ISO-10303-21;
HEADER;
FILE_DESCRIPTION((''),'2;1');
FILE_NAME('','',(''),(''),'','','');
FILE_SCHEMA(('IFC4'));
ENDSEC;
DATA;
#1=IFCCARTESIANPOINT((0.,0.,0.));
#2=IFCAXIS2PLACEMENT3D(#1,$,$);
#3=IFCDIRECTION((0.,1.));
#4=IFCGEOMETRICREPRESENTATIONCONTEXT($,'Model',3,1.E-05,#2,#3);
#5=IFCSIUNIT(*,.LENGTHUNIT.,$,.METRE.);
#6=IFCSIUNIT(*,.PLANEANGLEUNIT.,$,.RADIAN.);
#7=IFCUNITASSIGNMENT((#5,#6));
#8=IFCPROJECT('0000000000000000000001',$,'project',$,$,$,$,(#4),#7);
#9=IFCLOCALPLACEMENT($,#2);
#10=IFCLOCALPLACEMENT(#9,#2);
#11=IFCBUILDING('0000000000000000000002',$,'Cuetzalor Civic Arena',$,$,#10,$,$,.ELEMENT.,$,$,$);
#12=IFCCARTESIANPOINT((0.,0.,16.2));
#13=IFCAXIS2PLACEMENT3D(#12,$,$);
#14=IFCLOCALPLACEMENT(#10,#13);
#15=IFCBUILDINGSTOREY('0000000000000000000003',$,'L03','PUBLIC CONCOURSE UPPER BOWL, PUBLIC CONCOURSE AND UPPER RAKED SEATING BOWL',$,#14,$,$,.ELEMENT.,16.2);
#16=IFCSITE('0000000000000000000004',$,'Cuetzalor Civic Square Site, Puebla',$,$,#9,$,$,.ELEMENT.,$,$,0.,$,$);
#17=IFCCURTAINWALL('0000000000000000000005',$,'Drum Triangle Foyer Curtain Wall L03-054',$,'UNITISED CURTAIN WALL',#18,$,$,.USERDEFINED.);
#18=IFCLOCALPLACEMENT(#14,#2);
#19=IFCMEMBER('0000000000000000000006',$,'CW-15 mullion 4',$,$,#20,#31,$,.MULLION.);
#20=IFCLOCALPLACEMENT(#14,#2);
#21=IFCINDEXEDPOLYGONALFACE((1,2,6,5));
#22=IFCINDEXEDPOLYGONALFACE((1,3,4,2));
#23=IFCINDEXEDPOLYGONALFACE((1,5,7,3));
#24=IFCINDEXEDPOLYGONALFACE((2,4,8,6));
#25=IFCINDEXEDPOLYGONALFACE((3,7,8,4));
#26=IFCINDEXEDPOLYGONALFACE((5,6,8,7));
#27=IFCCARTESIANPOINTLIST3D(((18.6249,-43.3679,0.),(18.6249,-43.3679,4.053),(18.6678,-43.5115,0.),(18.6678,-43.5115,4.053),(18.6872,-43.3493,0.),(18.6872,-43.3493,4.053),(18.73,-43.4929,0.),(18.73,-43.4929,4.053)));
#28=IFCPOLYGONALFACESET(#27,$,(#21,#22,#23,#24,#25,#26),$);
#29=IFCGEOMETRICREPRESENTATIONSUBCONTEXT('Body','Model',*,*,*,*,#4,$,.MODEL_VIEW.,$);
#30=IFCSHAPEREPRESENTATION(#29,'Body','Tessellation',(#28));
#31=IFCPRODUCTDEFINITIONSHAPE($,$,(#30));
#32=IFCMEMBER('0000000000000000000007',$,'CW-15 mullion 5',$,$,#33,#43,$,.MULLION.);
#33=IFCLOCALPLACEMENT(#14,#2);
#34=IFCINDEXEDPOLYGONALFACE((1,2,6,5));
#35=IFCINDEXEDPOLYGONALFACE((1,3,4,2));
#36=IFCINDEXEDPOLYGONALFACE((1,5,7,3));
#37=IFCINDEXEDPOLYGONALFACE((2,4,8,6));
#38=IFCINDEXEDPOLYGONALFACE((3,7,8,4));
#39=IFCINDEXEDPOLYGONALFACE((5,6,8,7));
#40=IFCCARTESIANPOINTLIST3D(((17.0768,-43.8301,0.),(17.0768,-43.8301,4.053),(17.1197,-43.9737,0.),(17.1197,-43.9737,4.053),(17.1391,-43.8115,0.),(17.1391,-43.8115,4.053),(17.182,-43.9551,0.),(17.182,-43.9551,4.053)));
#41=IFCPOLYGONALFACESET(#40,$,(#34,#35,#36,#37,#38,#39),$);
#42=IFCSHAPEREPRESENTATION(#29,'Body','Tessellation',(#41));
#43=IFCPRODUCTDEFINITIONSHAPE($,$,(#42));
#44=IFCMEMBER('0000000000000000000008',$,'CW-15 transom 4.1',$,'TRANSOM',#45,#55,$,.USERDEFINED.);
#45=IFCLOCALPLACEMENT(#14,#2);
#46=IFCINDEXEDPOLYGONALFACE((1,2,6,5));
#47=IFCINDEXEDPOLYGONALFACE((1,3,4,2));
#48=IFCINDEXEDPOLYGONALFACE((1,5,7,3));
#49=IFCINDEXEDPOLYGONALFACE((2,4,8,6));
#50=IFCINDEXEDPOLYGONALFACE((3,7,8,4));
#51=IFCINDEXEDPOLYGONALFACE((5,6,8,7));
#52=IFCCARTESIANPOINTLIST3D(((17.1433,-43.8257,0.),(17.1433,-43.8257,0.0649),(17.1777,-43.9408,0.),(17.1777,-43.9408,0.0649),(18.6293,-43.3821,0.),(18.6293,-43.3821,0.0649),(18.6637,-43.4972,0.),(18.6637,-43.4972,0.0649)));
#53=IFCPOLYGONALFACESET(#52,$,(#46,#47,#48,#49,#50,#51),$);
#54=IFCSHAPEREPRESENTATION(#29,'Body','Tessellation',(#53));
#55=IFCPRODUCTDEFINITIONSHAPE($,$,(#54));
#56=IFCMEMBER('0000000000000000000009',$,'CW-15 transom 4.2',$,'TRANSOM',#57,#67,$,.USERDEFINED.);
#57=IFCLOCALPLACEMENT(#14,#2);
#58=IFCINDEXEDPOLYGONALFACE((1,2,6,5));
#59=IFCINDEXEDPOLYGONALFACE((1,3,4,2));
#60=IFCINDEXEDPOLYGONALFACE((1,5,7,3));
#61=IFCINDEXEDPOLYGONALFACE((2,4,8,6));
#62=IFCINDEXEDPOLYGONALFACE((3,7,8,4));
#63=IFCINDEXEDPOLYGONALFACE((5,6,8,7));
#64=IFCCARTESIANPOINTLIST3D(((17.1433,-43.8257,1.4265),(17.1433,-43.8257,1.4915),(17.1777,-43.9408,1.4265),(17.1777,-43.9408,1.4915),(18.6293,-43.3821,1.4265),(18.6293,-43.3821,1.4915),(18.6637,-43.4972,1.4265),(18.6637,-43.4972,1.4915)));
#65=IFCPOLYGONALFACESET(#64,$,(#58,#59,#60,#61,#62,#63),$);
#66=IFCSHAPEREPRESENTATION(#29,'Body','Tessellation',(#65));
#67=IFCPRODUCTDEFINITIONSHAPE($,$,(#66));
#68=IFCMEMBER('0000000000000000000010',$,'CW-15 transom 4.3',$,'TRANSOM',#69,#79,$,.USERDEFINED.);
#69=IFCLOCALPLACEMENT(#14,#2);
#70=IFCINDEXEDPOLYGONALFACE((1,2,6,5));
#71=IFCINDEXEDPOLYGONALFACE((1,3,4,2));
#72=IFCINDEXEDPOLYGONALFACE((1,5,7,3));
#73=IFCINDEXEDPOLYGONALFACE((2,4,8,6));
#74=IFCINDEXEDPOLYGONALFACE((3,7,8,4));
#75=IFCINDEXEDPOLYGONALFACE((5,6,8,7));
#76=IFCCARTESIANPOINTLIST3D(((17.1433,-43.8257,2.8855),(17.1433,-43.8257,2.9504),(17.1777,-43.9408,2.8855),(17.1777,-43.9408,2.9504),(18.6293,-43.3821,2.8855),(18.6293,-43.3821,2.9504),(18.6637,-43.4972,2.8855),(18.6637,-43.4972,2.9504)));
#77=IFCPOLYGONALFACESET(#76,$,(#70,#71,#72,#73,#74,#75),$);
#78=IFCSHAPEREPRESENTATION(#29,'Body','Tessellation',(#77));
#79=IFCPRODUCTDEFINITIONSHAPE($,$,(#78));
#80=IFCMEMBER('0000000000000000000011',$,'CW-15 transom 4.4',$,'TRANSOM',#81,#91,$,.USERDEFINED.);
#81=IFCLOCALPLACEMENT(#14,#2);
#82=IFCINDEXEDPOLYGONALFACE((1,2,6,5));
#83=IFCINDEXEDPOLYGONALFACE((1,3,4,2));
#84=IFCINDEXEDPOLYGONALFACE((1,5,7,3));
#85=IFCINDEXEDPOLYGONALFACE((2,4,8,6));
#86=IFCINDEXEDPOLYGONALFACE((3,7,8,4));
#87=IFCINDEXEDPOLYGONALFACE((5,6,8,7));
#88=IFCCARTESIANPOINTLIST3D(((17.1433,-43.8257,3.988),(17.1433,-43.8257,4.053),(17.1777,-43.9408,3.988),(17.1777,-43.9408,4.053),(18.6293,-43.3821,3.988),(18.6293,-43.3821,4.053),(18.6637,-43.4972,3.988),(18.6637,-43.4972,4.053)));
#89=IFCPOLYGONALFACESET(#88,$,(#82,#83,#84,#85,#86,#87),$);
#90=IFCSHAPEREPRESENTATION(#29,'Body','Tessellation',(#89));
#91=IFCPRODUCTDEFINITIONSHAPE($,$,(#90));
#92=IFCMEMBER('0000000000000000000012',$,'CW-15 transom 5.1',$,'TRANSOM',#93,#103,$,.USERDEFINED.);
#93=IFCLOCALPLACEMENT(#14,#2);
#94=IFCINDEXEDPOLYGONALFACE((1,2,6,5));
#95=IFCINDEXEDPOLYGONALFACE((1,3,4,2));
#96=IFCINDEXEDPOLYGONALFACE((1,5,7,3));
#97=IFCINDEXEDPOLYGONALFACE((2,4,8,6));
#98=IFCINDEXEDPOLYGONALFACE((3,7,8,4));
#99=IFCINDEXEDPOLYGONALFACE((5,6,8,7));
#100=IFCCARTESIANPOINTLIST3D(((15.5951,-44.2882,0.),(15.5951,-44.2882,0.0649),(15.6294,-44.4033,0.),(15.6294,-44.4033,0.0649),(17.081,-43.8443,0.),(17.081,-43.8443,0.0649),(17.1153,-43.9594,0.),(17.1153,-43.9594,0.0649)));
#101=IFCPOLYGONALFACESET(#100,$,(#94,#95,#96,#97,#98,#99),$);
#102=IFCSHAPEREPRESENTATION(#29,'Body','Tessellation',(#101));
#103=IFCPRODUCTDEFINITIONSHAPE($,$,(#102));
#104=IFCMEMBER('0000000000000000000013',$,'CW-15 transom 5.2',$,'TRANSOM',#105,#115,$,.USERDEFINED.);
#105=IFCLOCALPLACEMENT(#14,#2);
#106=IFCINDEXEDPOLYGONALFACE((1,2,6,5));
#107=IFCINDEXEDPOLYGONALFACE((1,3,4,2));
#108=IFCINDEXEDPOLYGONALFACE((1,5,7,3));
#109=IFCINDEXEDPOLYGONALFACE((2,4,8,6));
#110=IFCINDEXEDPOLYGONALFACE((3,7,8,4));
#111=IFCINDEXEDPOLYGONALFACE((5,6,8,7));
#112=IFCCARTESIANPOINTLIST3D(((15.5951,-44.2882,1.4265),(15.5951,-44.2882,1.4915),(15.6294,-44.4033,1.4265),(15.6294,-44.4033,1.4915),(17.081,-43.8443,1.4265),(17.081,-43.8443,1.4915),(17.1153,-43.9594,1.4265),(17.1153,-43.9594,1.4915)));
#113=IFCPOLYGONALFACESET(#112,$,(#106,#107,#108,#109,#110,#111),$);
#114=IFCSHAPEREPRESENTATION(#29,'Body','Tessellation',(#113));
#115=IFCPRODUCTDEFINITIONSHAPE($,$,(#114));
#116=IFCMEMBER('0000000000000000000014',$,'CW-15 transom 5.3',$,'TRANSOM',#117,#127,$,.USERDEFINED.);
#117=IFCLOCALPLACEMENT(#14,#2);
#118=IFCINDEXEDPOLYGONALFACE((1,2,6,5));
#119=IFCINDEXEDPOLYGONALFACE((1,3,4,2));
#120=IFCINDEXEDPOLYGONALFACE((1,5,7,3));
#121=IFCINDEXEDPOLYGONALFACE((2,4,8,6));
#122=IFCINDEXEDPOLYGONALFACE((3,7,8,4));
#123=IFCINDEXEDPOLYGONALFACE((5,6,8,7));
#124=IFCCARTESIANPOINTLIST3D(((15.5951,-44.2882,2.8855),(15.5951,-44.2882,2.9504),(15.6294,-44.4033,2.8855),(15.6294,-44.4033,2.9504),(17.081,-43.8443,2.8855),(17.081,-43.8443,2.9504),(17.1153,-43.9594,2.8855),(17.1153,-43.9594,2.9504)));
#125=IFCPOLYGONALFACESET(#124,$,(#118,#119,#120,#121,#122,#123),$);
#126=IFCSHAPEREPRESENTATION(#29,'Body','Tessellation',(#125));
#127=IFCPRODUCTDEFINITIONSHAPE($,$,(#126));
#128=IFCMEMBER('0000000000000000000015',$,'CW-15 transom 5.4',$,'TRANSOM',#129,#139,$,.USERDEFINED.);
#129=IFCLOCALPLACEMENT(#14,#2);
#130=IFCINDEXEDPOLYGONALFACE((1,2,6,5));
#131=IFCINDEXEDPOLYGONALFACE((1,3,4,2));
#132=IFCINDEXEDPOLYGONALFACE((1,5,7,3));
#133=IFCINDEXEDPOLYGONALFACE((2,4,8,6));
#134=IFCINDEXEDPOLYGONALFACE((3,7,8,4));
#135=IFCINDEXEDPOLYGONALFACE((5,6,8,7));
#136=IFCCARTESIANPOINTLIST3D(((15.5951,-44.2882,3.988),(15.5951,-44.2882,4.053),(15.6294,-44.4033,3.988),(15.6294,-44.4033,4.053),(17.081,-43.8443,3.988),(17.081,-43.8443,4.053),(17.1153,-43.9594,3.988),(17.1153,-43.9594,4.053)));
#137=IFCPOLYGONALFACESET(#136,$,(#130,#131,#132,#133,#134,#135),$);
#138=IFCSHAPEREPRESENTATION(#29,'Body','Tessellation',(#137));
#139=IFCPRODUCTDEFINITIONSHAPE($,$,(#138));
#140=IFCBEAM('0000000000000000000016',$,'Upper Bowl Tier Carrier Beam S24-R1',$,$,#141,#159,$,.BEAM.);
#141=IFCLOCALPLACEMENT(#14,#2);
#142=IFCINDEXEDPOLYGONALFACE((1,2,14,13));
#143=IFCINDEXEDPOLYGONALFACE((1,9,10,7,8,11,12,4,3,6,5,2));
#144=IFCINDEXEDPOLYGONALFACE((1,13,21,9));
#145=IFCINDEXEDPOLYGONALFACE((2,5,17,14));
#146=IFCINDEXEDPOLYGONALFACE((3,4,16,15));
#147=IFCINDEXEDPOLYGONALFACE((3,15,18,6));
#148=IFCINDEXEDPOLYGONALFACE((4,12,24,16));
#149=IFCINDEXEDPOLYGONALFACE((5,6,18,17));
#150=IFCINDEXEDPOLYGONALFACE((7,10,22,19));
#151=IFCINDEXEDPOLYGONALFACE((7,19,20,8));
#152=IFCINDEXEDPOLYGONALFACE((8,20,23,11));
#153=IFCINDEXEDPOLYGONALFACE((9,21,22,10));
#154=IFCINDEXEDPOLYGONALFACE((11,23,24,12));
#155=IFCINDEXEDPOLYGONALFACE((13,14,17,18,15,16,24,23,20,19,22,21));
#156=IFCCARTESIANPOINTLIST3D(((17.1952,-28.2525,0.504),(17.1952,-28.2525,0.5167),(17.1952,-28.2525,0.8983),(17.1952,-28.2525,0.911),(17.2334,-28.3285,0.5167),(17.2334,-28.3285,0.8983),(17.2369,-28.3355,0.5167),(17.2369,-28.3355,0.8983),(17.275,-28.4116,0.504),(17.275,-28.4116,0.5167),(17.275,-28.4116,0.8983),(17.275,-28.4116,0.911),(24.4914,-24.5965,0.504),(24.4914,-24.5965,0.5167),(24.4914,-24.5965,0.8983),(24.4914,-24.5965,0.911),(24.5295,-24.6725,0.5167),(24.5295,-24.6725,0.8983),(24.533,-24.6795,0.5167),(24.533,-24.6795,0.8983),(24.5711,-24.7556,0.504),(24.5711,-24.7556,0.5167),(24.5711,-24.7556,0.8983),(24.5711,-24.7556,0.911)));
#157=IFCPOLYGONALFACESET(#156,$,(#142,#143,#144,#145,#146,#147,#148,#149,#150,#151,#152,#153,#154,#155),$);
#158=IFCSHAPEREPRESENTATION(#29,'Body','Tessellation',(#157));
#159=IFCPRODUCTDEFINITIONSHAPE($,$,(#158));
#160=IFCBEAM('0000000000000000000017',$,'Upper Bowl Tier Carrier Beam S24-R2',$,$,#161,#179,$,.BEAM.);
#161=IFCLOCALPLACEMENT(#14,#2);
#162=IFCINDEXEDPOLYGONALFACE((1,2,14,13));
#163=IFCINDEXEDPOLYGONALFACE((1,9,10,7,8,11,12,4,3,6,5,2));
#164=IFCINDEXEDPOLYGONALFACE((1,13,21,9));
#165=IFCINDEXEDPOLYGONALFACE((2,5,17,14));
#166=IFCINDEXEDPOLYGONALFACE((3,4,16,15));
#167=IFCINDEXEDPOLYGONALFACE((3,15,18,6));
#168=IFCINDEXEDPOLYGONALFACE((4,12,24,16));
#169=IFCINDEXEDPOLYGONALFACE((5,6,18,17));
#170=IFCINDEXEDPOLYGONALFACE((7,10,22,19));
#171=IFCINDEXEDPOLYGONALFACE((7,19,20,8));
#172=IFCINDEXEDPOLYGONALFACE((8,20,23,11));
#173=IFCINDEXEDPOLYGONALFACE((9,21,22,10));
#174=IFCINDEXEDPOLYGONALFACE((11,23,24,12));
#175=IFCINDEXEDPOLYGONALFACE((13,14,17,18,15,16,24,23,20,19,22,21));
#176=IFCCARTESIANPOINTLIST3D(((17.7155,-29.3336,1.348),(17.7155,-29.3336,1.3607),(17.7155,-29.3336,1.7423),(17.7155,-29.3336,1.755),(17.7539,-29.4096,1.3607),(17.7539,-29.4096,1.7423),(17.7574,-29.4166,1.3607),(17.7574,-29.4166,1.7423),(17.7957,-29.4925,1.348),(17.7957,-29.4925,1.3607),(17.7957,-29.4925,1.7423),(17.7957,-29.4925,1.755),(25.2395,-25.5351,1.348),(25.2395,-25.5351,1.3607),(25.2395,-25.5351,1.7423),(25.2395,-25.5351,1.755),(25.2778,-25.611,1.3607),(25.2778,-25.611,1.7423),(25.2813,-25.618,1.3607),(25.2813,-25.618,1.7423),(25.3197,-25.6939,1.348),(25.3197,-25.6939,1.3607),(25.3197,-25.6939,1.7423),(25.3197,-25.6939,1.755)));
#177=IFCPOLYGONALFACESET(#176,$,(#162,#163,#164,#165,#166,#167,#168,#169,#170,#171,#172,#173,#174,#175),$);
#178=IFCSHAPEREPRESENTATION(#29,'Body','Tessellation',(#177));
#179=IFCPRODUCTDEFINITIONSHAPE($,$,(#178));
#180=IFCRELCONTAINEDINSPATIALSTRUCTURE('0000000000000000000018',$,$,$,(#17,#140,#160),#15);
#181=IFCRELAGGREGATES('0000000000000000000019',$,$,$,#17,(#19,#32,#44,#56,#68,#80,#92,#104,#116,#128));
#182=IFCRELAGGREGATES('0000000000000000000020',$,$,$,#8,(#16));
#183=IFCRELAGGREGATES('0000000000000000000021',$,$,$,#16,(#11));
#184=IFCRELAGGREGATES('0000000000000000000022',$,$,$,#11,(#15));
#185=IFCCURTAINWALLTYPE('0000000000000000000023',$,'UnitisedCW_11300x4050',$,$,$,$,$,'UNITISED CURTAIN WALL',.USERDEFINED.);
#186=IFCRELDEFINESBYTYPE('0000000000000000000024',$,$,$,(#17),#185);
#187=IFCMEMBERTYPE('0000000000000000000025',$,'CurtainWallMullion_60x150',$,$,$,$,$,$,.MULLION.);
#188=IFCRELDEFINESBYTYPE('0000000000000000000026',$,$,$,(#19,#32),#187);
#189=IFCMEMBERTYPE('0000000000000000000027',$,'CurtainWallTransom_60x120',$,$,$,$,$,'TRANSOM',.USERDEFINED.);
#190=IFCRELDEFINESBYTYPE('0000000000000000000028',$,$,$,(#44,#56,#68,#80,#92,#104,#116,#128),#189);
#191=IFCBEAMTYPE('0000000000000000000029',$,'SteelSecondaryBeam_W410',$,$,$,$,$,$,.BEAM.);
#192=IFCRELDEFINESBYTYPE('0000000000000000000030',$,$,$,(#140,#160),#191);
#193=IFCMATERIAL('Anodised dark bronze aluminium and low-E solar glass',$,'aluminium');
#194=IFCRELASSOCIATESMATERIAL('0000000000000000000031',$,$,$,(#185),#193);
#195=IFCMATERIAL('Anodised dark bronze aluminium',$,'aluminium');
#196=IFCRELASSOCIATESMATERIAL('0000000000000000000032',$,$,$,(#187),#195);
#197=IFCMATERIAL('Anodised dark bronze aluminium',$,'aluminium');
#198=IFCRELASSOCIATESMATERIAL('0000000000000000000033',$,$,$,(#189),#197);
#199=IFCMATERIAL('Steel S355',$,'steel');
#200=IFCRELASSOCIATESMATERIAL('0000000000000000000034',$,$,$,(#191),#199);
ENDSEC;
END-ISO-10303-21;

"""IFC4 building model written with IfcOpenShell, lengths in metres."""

from ifc_helpers import new_model, si_unit, direction, frame, origin, origin_2d, place, context, subcontext, project, spatial, rectangle, i_section, extrude, material, material_profile, profile_set, type_object, element, aggregate, save


model = new_model("IFC4")

# Units and contexts
model_context = context("Model", 3, precision=1e-05, world=origin(), true_north=direction((0.0, 1.0)))
body_context = subcontext(model_context, "Body", "Model", "MODEL_VIEW")
ifc_project = project(units=[si_unit("LENGTHUNIT", "METRE"), si_unit("PLANEANGLEUNIT", "RADIAN")], contexts=[model_context])

# Site, building, storey
site_placement = place(None, origin())
site = spatial("IfcSite", under=ifc_project, at=site_placement, Name="Cuetzalor Civic Square Site, Puebla", CompositionType="ELEMENT", RefElevation=0.0)
building_placement = place(site_placement, origin())
building = spatial("IfcBuilding", under=site, at=building_placement, Name="Cuetzalor Civic Arena", CompositionType="ELEMENT")
storey_placement = place(building_placement, frame((0.0, 0.0, 16.2)))
storey = spatial("IfcBuildingStorey", under=building, at=storey_placement, Name="L03", Description="PUBLIC CONCOURSE UPPER BOWL, PUBLIC CONCOURSE AND UPPER RAKED SEATING BOWL", CompositionType="ELEMENT", Elevation=16.2)

# Curtain wall, members
ifc_material_1 = material(Name="Anodised dark bronze aluminium and low-E solar glass", Category="aluminium")
curtain_wall_type = type_object("IfcCurtainWallType", Name="UnitisedCW_11300x4050", ElementType="UNITISED CURTAIN WALL", PredefinedType="USERDEFINED", material=ifc_material_1)
curtain_wall_placement = place(storey_placement, origin())
curtain_wall = element("IfcCurtainWall", 1, at=curtain_wall_placement, inside=storey, type_object=curtain_wall_type, Name="Drum Triangle Foyer Curtain Wall L03-054", ObjectType="UNITISED CURTAIN WALL", PredefinedType="USERDEFINED")
ifc_material_2 = material(Name="Anodised dark bronze aluminium", Category="aluminium")
ifc_material_profile_1 = material_profile(ifc_material_2, rectangle(XDim=0.0649, YDim=0.1499, at=origin_2d()), Name="ALU MULLION 65x150")
ifc_profile_set_1 = profile_set([ifc_material_profile_1], Name="Anodised dark bronze aluminium")
member_type_1 = type_object("IfcMemberType", Name="CurtainWallMullion_60x150", PredefinedType="MULLION", material=ifc_profile_set_1)
member_1_placement = place(storey_placement, frame((18.6775, -43.4304, 0.0), z_axis=(0.0, 0.0, 1.0), x_axis=(-0.958194, -0.28612, 0.0)))
member_1 = element("IfcMember", 2, at=member_1_placement, type_object=member_type_1, Name="CW-15 mullion 4", PredefinedType="MULLION", context=body_context, shape_type="SweptSolid", body=[
    extrude(rectangle(XDim=0.0649, YDim=0.1499, at=origin_2d()), origin(), (0.0, 0.0, 1.0), 4.053),
])
member_2_placement = place(storey_placement, frame((17.1294, -43.8926, 0.0), z_axis=(0.0, 0.0, 1.0), x_axis=(-0.958194, -0.28612, 0.0)))
member_2 = element("IfcMember", 3, at=member_2_placement, type_object=member_type_1, Name="CW-15 mullion 5", PredefinedType="MULLION", context=body_context, shape_type="SweptSolid", body=[
    extrude(rectangle(XDim=0.0649, YDim=0.1499, at=origin_2d()), origin(), (0.0, 0.0, 1.0), 4.053),
])
ifc_material_3 = material(Name="Anodised dark bronze aluminium", Category="aluminium")
ifc_material_profile_2 = material_profile(ifc_material_3, rectangle(XDim=0.1201, YDim=0.0649, at=origin_2d()), Name="ALU TRANSOM 65x120")
ifc_profile_set_2 = profile_set([ifc_material_profile_2], Name="Anodised dark bronze aluminium")
member_type_2 = type_object("IfcMemberType", Name="CurtainWallTransom_60x120", ElementType="TRANSOM", PredefinedType="USERDEFINED", material=ifc_profile_set_2)
member_3_placement = place(storey_placement, frame((18.6465, -43.4397, 0.0325), z_axis=(-0.95822, -0.286033, 0.0), x_axis=(0.286033, -0.95822, 0.0)))
member_3 = element("IfcMember", 4, at=member_3_placement, type_object=member_type_2, Name="CW-15 transom 4.1", ObjectType="TRANSOM", PredefinedType="USERDEFINED", context=body_context, shape_type="SweptSolid", body=[
    extrude(rectangle(XDim=0.1201, YDim=0.0649, at=origin_2d()), origin(), (0.0, 0.0, 1.0), 1.5508),
])
member_4_placement = place(storey_placement, frame((18.6465, -43.4397, 1.459), z_axis=(-0.95822, -0.286033, 0.0), x_axis=(0.286033, -0.95822, 0.0)))
member_4 = element("IfcMember", 5, at=member_4_placement, type_object=member_type_2, Name="CW-15 transom 4.2", ObjectType="TRANSOM", PredefinedType="USERDEFINED", context=body_context, shape_type="SweptSolid", body=[
    extrude(rectangle(XDim=0.1201, YDim=0.0649, at=origin_2d()), origin(), (0.0, 0.0, 1.0), 1.5508),
])
member_5_placement = place(storey_placement, frame((18.6465, -43.4397, 2.918), z_axis=(-0.95822, -0.286033, 0.0), x_axis=(0.286033, -0.95822, 0.0)))
member_5 = element("IfcMember", 6, at=member_5_placement, type_object=member_type_2, Name="CW-15 transom 4.3", ObjectType="TRANSOM", PredefinedType="USERDEFINED", context=body_context, shape_type="SweptSolid", body=[
    extrude(rectangle(XDim=0.1201, YDim=0.0649, at=origin_2d()), origin(), (0.0, 0.0, 1.0), 1.5508),
])
member_6_placement = place(storey_placement, frame((18.6465, -43.4397, 4.0205), z_axis=(-0.95822, -0.286033, 0.0), x_axis=(0.286033, -0.95822, 0.0)))
member_6 = element("IfcMember", 7, at=member_6_placement, type_object=member_type_2, Name="CW-15 transom 4.4", ObjectType="TRANSOM", PredefinedType="USERDEFINED", context=body_context, shape_type="SweptSolid", body=[
    extrude(rectangle(XDim=0.1201, YDim=0.0649, at=origin_2d()), origin(), (0.0, 0.0, 1.0), 1.5508),
])
member_7_placement = place(storey_placement, frame((17.0981, -43.9019, 0.0325), z_axis=(-0.958164, -0.286221, 0.0), x_axis=(0.286221, -0.958164, 0.0)))
member_7 = element("IfcMember", 8, at=member_7_placement, type_object=member_type_2, Name="CW-15 transom 5.1", ObjectType="TRANSOM", PredefinedType="USERDEFINED", context=body_context, shape_type="SweptSolid", body=[
    extrude(rectangle(XDim=0.1201, YDim=0.0649, at=origin_2d()), origin(), (0.0, 0.0, 1.0), 1.5508),
])
member_8_placement = place(storey_placement, frame((17.0981, -43.9019, 1.459), z_axis=(-0.958164, -0.286221, 0.0), x_axis=(0.286221, -0.958164, 0.0)))
member_8 = element("IfcMember", 9, at=member_8_placement, type_object=member_type_2, Name="CW-15 transom 5.2", ObjectType="TRANSOM", PredefinedType="USERDEFINED", context=body_context, shape_type="SweptSolid", body=[
    extrude(rectangle(XDim=0.1201, YDim=0.0649, at=origin_2d()), origin(), (0.0, 0.0, 1.0), 1.5508),
])
member_9_placement = place(storey_placement, frame((17.0981, -43.9019, 2.918), z_axis=(-0.958164, -0.286221, 0.0), x_axis=(0.286221, -0.958164, 0.0)))
member_9 = element("IfcMember", 10, at=member_9_placement, type_object=member_type_2, Name="CW-15 transom 5.3", ObjectType="TRANSOM", PredefinedType="USERDEFINED", context=body_context, shape_type="SweptSolid", body=[
    extrude(rectangle(XDim=0.1201, YDim=0.0649, at=origin_2d()), origin(), (0.0, 0.0, 1.0), 1.5508),
])
member_10_placement = place(storey_placement, frame((17.0981, -43.9019, 4.0205), z_axis=(-0.958164, -0.286221, 0.0), x_axis=(0.286221, -0.958164, 0.0)))
member_10 = element("IfcMember", 11, at=member_10_placement, type_object=member_type_2, Name="CW-15 transom 5.4", ObjectType="TRANSOM", PredefinedType="USERDEFINED", context=body_context, shape_type="SweptSolid", body=[
    extrude(rectangle(XDim=0.1201, YDim=0.0649, at=origin_2d()), origin(), (0.0, 0.0, 1.0), 1.5508),
])

# Beams
ifc_material_4 = material(Name="Steel S355", Category="steel")
ifc_material_profile_3 = material_profile(ifc_material_4, i_section(OverallWidth=0.178, OverallDepth=0.407, WebThickness=0.0078, FlangeThickness=0.0127, at=origin_2d()), Name="W410x60")
ifc_profile_set_3 = profile_set([ifc_material_profile_3], Name="Steel S355")
beam_type_1 = type_object("IfcBeamType", Name="SteelSecondaryBeam_W410", PredefinedType="BEAM", material=ifc_profile_set_3)
beam_1_placement = place(storey_placement, frame((17.2351, -28.332, 0.7075), z_axis=(0.894038, 0.447991, 0.0), x_axis=(-0.447991, 0.894038, 0.0)))
element("IfcBeam", 12, at=beam_1_placement, inside=storey, type_object=beam_type_1, Name="Upper Bowl Tier Carrier Beam S24-R1", PredefinedType="BEAM", context=body_context, shape_type="SweptSolid", body=[
    extrude(i_section(OverallWidth=0.178, OverallDepth=0.407, WebThickness=0.0078, FlangeThickness=0.0127, at=origin_2d()), origin(), (0.0, 0.0, 1.0), 8.1609),
])
beam_2_placement = place(storey_placement, frame((17.7556, -29.4131, 1.5515), z_axis=(0.892682, 0.450686, 0.0), x_axis=(-0.450686, 0.892682, 0.0)))
element("IfcBeam", 13, at=beam_2_placement, inside=storey, type_object=beam_type_1, Name="Upper Bowl Tier Carrier Beam S24-R2", PredefinedType="BEAM", context=body_context, shape_type="SweptSolid", body=[
    extrude(i_section(OverallWidth=0.178, OverallDepth=0.407, WebThickness=0.0078, FlangeThickness=0.0127, at=origin_2d()), origin(), (0.0, 0.0, 1.0), 8.4285),
])

aggregate(curtain_wall, [member_1, member_2, member_3, member_4, member_5, member_6, member_7, member_8, member_9, member_10])

save(model, "model.ifc")
